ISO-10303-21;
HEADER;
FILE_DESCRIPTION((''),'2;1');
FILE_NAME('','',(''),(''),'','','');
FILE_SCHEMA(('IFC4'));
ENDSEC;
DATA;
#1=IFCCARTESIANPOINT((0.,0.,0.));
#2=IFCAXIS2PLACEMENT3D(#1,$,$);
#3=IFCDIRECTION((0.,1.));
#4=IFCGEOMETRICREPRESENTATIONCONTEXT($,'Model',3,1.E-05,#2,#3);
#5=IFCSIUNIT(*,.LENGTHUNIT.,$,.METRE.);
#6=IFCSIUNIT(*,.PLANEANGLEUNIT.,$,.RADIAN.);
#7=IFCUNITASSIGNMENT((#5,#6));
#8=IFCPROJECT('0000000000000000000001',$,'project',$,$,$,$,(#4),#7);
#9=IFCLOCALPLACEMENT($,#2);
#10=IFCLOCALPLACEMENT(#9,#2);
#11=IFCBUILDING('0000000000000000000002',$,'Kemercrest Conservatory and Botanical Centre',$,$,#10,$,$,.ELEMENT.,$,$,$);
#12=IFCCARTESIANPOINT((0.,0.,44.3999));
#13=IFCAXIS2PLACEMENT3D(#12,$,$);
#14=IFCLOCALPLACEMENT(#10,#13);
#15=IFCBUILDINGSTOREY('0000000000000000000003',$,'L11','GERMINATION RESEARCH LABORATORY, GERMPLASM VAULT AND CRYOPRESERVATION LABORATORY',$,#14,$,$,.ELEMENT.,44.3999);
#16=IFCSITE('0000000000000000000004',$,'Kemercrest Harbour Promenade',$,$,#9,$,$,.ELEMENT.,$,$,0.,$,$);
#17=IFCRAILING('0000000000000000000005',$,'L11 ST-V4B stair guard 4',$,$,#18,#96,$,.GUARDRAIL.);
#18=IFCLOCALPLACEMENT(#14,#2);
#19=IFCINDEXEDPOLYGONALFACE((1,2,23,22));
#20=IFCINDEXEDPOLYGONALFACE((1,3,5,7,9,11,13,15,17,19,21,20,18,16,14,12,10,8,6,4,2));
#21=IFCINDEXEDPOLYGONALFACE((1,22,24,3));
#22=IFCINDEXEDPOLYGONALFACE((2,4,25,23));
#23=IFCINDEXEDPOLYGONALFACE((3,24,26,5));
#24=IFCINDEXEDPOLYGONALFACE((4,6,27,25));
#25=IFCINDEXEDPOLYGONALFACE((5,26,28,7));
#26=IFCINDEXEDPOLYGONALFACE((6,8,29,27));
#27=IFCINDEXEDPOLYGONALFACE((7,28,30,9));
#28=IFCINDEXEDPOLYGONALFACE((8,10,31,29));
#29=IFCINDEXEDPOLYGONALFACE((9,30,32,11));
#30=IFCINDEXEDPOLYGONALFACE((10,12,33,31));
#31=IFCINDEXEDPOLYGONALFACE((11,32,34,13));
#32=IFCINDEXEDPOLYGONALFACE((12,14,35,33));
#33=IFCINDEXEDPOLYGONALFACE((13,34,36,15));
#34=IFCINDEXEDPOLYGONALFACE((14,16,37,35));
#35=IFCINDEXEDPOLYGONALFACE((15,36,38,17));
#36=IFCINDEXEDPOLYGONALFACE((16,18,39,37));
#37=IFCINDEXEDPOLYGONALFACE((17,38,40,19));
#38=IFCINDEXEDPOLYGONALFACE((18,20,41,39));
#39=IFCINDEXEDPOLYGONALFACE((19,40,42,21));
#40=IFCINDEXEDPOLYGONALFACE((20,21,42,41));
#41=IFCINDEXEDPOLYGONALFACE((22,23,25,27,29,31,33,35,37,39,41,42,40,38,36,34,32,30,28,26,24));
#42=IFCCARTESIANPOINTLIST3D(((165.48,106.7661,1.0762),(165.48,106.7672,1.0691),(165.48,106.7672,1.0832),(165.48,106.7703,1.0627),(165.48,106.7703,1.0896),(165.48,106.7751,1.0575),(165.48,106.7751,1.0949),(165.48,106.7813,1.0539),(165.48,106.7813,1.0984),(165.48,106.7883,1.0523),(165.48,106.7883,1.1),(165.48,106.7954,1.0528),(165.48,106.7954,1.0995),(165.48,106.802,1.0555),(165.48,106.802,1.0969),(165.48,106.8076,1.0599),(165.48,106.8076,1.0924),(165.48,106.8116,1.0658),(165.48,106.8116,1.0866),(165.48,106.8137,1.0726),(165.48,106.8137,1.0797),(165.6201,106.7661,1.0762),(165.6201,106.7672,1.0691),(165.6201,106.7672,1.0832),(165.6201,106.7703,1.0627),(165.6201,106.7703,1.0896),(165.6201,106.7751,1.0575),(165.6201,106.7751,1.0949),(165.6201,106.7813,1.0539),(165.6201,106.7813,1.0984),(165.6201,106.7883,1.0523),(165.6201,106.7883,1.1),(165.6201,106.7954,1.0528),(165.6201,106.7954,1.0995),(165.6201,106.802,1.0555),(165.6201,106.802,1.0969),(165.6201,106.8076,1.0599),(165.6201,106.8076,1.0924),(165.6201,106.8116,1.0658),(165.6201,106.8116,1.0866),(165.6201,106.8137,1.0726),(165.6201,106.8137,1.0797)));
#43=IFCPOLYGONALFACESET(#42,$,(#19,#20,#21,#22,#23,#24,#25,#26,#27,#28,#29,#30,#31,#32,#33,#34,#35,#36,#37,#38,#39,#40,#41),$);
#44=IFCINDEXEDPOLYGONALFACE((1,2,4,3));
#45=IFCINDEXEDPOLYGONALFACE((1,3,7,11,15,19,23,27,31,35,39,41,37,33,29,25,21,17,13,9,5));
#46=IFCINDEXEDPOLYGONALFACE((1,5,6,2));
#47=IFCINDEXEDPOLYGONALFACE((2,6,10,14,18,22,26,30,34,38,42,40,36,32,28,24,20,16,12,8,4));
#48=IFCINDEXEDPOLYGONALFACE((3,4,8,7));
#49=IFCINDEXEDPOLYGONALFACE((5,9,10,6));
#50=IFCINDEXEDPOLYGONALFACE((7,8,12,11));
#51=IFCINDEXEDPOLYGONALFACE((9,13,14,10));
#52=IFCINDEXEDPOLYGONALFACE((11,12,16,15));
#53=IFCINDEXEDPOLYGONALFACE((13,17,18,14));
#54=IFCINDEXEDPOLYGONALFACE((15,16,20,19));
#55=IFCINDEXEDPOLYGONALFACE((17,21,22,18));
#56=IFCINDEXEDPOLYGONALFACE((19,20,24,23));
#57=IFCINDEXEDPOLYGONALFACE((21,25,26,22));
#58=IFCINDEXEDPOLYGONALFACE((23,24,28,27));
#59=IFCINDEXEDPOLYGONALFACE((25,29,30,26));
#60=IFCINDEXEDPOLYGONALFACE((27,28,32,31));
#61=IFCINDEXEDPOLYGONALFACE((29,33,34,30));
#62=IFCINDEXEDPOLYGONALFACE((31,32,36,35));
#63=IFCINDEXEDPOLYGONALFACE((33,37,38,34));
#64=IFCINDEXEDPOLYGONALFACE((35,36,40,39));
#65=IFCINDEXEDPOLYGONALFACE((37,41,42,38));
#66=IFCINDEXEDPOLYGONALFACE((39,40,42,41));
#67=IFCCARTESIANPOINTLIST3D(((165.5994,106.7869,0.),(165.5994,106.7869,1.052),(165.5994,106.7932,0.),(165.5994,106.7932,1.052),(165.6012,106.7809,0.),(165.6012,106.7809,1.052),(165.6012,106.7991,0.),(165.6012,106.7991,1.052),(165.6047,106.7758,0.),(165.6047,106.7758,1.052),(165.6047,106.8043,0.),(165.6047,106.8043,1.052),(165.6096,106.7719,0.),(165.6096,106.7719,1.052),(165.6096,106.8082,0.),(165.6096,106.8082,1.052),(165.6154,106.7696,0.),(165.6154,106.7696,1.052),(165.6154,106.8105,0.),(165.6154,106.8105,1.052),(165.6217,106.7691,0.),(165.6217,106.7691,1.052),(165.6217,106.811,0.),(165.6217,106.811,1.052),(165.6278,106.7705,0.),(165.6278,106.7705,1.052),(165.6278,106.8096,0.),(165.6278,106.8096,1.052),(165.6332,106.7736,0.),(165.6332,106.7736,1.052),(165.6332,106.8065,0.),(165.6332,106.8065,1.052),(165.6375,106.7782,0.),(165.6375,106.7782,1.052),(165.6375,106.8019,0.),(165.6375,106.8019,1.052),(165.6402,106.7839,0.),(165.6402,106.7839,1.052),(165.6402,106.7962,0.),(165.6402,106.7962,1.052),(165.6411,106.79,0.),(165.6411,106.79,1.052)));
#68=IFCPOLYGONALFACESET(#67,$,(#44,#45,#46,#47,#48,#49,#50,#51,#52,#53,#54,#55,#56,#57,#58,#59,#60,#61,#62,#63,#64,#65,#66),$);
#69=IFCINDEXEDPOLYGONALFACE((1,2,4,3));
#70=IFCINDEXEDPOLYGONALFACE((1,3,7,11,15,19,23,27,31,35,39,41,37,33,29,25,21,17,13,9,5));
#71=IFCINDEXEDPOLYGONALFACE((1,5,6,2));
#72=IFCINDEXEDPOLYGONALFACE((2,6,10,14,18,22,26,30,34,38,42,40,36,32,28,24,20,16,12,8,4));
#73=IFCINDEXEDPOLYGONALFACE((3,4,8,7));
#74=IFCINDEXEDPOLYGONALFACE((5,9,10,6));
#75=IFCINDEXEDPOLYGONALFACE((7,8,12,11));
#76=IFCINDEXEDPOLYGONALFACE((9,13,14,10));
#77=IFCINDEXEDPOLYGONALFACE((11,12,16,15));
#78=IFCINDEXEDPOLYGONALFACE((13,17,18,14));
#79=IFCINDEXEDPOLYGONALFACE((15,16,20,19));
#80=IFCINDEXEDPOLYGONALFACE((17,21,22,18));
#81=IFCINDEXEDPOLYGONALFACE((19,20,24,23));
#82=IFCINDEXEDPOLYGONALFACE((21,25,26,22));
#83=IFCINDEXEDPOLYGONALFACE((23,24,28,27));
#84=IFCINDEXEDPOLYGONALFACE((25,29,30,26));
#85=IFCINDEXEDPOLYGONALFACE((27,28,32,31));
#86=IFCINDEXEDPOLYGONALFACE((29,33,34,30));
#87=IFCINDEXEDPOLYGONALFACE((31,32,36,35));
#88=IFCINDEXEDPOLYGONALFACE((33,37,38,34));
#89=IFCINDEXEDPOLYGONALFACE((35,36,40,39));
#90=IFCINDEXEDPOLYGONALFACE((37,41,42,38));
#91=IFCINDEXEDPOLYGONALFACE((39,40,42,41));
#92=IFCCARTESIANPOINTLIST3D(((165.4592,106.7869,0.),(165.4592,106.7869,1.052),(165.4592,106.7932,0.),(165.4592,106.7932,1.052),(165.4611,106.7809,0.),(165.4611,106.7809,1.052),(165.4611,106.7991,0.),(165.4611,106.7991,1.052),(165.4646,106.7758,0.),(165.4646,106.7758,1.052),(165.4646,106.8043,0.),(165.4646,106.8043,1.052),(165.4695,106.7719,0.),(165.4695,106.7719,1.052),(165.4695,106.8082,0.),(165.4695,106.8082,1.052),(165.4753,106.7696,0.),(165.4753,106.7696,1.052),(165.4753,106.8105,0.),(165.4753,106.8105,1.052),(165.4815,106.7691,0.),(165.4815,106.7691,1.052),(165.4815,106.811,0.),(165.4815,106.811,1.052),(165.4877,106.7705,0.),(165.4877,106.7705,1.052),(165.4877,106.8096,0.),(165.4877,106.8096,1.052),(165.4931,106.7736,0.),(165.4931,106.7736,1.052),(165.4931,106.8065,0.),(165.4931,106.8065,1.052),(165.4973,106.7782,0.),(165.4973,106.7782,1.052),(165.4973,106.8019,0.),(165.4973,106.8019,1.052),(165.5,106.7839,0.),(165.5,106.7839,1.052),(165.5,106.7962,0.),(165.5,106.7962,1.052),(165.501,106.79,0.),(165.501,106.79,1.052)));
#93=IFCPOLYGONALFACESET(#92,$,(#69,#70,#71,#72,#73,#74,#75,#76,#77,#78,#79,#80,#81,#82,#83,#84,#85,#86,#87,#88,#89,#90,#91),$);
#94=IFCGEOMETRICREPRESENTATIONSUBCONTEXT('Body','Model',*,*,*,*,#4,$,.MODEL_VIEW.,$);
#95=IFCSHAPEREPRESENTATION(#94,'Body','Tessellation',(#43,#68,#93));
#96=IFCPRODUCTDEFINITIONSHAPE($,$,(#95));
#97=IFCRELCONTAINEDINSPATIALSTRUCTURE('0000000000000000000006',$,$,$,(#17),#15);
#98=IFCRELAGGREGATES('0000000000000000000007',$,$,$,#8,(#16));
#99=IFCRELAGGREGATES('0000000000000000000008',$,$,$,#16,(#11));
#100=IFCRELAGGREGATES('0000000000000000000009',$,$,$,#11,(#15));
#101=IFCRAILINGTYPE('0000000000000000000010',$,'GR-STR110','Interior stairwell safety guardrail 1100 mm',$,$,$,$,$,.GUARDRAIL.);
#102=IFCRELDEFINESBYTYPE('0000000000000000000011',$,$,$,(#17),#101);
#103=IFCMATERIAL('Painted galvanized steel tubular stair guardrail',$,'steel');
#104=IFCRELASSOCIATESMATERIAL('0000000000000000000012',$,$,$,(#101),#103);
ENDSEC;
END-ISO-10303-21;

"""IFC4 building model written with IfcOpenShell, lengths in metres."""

from ifc_helpers import new_model, si_unit, direction, frame, origin, origin_2d, place, context, subcontext, project, spatial, circle, extrude, material, type_object, element, save


model = new_model("IFC4")

# Units and contexts
model_context = context("Model", 3, precision=1e-05, world=origin(), true_north=direction((0.0, 1.0)))
body_context = subcontext(model_context, "Body", "Model", "MODEL_VIEW")
ifc_project = project(units=[si_unit("LENGTHUNIT", "METRE"), si_unit("PLANEANGLEUNIT", "RADIAN")], contexts=[model_context])

# Site, building, storey
site_placement = place(None, origin())
site = spatial("IfcSite", under=ifc_project, at=site_placement, Name="Kemercrest Harbour Promenade", CompositionType="ELEMENT", RefElevation=0.0)
building_placement = place(site_placement, origin())
building = spatial("IfcBuilding", under=site, at=building_placement, Name="Kemercrest Conservatory and Botanical Centre", CompositionType="ELEMENT")
storey_placement = place(building_placement, frame((0.0, 0.0, 44.3999)))
storey = spatial("IfcBuildingStorey", under=building, at=storey_placement, Name="L11", Description="GERMINATION RESEARCH LABORATORY, GERMPLASM VAULT AND CRYOPRESERVATION LABORATORY", CompositionType="ELEMENT", Elevation=44.3999)

# Railing
ifc_material_1 = material(Name="Painted galvanized steel tubular stair guardrail", Category="steel")
railing_type_1 = type_object("IfcRailingType", Name="GR-STR110", Description="Interior stairwell safety guardrail 1100 mm", PredefinedType="GUARDRAIL", material=ifc_material_1)
railing_1_placement = place(storey_placement, frame((165.6201, 106.79, 0.0)))
element("IfcRailing", 1, at=railing_1_placement, inside=storey, type_object=railing_type_1, Name="L11 ST-V4B stair guard 4", PredefinedType="GUARDRAIL", context=body_context, shape_type="SweptSolid", body=[
    extrude(circle(Radius=0.0239, at=origin_2d()), frame((0.0, 0.0, 1.0762), z_axis=(-1.0, 0.0, 0.0), x_axis=(0.0, -1.0, 0.0)), (0.0, 0.0, 1.0), 0.1401),
    extrude(circle(Radius=0.021, at=origin_2d()), origin(), (0.0, 0.0, 1.0), 1.052),
    extrude(circle(Radius=0.021, at=origin_2d()), frame((-0.1401, 0.0, 0.0)), (0.0, 0.0, 1.0), 1.052),
])

save(model, "model.ifc")
